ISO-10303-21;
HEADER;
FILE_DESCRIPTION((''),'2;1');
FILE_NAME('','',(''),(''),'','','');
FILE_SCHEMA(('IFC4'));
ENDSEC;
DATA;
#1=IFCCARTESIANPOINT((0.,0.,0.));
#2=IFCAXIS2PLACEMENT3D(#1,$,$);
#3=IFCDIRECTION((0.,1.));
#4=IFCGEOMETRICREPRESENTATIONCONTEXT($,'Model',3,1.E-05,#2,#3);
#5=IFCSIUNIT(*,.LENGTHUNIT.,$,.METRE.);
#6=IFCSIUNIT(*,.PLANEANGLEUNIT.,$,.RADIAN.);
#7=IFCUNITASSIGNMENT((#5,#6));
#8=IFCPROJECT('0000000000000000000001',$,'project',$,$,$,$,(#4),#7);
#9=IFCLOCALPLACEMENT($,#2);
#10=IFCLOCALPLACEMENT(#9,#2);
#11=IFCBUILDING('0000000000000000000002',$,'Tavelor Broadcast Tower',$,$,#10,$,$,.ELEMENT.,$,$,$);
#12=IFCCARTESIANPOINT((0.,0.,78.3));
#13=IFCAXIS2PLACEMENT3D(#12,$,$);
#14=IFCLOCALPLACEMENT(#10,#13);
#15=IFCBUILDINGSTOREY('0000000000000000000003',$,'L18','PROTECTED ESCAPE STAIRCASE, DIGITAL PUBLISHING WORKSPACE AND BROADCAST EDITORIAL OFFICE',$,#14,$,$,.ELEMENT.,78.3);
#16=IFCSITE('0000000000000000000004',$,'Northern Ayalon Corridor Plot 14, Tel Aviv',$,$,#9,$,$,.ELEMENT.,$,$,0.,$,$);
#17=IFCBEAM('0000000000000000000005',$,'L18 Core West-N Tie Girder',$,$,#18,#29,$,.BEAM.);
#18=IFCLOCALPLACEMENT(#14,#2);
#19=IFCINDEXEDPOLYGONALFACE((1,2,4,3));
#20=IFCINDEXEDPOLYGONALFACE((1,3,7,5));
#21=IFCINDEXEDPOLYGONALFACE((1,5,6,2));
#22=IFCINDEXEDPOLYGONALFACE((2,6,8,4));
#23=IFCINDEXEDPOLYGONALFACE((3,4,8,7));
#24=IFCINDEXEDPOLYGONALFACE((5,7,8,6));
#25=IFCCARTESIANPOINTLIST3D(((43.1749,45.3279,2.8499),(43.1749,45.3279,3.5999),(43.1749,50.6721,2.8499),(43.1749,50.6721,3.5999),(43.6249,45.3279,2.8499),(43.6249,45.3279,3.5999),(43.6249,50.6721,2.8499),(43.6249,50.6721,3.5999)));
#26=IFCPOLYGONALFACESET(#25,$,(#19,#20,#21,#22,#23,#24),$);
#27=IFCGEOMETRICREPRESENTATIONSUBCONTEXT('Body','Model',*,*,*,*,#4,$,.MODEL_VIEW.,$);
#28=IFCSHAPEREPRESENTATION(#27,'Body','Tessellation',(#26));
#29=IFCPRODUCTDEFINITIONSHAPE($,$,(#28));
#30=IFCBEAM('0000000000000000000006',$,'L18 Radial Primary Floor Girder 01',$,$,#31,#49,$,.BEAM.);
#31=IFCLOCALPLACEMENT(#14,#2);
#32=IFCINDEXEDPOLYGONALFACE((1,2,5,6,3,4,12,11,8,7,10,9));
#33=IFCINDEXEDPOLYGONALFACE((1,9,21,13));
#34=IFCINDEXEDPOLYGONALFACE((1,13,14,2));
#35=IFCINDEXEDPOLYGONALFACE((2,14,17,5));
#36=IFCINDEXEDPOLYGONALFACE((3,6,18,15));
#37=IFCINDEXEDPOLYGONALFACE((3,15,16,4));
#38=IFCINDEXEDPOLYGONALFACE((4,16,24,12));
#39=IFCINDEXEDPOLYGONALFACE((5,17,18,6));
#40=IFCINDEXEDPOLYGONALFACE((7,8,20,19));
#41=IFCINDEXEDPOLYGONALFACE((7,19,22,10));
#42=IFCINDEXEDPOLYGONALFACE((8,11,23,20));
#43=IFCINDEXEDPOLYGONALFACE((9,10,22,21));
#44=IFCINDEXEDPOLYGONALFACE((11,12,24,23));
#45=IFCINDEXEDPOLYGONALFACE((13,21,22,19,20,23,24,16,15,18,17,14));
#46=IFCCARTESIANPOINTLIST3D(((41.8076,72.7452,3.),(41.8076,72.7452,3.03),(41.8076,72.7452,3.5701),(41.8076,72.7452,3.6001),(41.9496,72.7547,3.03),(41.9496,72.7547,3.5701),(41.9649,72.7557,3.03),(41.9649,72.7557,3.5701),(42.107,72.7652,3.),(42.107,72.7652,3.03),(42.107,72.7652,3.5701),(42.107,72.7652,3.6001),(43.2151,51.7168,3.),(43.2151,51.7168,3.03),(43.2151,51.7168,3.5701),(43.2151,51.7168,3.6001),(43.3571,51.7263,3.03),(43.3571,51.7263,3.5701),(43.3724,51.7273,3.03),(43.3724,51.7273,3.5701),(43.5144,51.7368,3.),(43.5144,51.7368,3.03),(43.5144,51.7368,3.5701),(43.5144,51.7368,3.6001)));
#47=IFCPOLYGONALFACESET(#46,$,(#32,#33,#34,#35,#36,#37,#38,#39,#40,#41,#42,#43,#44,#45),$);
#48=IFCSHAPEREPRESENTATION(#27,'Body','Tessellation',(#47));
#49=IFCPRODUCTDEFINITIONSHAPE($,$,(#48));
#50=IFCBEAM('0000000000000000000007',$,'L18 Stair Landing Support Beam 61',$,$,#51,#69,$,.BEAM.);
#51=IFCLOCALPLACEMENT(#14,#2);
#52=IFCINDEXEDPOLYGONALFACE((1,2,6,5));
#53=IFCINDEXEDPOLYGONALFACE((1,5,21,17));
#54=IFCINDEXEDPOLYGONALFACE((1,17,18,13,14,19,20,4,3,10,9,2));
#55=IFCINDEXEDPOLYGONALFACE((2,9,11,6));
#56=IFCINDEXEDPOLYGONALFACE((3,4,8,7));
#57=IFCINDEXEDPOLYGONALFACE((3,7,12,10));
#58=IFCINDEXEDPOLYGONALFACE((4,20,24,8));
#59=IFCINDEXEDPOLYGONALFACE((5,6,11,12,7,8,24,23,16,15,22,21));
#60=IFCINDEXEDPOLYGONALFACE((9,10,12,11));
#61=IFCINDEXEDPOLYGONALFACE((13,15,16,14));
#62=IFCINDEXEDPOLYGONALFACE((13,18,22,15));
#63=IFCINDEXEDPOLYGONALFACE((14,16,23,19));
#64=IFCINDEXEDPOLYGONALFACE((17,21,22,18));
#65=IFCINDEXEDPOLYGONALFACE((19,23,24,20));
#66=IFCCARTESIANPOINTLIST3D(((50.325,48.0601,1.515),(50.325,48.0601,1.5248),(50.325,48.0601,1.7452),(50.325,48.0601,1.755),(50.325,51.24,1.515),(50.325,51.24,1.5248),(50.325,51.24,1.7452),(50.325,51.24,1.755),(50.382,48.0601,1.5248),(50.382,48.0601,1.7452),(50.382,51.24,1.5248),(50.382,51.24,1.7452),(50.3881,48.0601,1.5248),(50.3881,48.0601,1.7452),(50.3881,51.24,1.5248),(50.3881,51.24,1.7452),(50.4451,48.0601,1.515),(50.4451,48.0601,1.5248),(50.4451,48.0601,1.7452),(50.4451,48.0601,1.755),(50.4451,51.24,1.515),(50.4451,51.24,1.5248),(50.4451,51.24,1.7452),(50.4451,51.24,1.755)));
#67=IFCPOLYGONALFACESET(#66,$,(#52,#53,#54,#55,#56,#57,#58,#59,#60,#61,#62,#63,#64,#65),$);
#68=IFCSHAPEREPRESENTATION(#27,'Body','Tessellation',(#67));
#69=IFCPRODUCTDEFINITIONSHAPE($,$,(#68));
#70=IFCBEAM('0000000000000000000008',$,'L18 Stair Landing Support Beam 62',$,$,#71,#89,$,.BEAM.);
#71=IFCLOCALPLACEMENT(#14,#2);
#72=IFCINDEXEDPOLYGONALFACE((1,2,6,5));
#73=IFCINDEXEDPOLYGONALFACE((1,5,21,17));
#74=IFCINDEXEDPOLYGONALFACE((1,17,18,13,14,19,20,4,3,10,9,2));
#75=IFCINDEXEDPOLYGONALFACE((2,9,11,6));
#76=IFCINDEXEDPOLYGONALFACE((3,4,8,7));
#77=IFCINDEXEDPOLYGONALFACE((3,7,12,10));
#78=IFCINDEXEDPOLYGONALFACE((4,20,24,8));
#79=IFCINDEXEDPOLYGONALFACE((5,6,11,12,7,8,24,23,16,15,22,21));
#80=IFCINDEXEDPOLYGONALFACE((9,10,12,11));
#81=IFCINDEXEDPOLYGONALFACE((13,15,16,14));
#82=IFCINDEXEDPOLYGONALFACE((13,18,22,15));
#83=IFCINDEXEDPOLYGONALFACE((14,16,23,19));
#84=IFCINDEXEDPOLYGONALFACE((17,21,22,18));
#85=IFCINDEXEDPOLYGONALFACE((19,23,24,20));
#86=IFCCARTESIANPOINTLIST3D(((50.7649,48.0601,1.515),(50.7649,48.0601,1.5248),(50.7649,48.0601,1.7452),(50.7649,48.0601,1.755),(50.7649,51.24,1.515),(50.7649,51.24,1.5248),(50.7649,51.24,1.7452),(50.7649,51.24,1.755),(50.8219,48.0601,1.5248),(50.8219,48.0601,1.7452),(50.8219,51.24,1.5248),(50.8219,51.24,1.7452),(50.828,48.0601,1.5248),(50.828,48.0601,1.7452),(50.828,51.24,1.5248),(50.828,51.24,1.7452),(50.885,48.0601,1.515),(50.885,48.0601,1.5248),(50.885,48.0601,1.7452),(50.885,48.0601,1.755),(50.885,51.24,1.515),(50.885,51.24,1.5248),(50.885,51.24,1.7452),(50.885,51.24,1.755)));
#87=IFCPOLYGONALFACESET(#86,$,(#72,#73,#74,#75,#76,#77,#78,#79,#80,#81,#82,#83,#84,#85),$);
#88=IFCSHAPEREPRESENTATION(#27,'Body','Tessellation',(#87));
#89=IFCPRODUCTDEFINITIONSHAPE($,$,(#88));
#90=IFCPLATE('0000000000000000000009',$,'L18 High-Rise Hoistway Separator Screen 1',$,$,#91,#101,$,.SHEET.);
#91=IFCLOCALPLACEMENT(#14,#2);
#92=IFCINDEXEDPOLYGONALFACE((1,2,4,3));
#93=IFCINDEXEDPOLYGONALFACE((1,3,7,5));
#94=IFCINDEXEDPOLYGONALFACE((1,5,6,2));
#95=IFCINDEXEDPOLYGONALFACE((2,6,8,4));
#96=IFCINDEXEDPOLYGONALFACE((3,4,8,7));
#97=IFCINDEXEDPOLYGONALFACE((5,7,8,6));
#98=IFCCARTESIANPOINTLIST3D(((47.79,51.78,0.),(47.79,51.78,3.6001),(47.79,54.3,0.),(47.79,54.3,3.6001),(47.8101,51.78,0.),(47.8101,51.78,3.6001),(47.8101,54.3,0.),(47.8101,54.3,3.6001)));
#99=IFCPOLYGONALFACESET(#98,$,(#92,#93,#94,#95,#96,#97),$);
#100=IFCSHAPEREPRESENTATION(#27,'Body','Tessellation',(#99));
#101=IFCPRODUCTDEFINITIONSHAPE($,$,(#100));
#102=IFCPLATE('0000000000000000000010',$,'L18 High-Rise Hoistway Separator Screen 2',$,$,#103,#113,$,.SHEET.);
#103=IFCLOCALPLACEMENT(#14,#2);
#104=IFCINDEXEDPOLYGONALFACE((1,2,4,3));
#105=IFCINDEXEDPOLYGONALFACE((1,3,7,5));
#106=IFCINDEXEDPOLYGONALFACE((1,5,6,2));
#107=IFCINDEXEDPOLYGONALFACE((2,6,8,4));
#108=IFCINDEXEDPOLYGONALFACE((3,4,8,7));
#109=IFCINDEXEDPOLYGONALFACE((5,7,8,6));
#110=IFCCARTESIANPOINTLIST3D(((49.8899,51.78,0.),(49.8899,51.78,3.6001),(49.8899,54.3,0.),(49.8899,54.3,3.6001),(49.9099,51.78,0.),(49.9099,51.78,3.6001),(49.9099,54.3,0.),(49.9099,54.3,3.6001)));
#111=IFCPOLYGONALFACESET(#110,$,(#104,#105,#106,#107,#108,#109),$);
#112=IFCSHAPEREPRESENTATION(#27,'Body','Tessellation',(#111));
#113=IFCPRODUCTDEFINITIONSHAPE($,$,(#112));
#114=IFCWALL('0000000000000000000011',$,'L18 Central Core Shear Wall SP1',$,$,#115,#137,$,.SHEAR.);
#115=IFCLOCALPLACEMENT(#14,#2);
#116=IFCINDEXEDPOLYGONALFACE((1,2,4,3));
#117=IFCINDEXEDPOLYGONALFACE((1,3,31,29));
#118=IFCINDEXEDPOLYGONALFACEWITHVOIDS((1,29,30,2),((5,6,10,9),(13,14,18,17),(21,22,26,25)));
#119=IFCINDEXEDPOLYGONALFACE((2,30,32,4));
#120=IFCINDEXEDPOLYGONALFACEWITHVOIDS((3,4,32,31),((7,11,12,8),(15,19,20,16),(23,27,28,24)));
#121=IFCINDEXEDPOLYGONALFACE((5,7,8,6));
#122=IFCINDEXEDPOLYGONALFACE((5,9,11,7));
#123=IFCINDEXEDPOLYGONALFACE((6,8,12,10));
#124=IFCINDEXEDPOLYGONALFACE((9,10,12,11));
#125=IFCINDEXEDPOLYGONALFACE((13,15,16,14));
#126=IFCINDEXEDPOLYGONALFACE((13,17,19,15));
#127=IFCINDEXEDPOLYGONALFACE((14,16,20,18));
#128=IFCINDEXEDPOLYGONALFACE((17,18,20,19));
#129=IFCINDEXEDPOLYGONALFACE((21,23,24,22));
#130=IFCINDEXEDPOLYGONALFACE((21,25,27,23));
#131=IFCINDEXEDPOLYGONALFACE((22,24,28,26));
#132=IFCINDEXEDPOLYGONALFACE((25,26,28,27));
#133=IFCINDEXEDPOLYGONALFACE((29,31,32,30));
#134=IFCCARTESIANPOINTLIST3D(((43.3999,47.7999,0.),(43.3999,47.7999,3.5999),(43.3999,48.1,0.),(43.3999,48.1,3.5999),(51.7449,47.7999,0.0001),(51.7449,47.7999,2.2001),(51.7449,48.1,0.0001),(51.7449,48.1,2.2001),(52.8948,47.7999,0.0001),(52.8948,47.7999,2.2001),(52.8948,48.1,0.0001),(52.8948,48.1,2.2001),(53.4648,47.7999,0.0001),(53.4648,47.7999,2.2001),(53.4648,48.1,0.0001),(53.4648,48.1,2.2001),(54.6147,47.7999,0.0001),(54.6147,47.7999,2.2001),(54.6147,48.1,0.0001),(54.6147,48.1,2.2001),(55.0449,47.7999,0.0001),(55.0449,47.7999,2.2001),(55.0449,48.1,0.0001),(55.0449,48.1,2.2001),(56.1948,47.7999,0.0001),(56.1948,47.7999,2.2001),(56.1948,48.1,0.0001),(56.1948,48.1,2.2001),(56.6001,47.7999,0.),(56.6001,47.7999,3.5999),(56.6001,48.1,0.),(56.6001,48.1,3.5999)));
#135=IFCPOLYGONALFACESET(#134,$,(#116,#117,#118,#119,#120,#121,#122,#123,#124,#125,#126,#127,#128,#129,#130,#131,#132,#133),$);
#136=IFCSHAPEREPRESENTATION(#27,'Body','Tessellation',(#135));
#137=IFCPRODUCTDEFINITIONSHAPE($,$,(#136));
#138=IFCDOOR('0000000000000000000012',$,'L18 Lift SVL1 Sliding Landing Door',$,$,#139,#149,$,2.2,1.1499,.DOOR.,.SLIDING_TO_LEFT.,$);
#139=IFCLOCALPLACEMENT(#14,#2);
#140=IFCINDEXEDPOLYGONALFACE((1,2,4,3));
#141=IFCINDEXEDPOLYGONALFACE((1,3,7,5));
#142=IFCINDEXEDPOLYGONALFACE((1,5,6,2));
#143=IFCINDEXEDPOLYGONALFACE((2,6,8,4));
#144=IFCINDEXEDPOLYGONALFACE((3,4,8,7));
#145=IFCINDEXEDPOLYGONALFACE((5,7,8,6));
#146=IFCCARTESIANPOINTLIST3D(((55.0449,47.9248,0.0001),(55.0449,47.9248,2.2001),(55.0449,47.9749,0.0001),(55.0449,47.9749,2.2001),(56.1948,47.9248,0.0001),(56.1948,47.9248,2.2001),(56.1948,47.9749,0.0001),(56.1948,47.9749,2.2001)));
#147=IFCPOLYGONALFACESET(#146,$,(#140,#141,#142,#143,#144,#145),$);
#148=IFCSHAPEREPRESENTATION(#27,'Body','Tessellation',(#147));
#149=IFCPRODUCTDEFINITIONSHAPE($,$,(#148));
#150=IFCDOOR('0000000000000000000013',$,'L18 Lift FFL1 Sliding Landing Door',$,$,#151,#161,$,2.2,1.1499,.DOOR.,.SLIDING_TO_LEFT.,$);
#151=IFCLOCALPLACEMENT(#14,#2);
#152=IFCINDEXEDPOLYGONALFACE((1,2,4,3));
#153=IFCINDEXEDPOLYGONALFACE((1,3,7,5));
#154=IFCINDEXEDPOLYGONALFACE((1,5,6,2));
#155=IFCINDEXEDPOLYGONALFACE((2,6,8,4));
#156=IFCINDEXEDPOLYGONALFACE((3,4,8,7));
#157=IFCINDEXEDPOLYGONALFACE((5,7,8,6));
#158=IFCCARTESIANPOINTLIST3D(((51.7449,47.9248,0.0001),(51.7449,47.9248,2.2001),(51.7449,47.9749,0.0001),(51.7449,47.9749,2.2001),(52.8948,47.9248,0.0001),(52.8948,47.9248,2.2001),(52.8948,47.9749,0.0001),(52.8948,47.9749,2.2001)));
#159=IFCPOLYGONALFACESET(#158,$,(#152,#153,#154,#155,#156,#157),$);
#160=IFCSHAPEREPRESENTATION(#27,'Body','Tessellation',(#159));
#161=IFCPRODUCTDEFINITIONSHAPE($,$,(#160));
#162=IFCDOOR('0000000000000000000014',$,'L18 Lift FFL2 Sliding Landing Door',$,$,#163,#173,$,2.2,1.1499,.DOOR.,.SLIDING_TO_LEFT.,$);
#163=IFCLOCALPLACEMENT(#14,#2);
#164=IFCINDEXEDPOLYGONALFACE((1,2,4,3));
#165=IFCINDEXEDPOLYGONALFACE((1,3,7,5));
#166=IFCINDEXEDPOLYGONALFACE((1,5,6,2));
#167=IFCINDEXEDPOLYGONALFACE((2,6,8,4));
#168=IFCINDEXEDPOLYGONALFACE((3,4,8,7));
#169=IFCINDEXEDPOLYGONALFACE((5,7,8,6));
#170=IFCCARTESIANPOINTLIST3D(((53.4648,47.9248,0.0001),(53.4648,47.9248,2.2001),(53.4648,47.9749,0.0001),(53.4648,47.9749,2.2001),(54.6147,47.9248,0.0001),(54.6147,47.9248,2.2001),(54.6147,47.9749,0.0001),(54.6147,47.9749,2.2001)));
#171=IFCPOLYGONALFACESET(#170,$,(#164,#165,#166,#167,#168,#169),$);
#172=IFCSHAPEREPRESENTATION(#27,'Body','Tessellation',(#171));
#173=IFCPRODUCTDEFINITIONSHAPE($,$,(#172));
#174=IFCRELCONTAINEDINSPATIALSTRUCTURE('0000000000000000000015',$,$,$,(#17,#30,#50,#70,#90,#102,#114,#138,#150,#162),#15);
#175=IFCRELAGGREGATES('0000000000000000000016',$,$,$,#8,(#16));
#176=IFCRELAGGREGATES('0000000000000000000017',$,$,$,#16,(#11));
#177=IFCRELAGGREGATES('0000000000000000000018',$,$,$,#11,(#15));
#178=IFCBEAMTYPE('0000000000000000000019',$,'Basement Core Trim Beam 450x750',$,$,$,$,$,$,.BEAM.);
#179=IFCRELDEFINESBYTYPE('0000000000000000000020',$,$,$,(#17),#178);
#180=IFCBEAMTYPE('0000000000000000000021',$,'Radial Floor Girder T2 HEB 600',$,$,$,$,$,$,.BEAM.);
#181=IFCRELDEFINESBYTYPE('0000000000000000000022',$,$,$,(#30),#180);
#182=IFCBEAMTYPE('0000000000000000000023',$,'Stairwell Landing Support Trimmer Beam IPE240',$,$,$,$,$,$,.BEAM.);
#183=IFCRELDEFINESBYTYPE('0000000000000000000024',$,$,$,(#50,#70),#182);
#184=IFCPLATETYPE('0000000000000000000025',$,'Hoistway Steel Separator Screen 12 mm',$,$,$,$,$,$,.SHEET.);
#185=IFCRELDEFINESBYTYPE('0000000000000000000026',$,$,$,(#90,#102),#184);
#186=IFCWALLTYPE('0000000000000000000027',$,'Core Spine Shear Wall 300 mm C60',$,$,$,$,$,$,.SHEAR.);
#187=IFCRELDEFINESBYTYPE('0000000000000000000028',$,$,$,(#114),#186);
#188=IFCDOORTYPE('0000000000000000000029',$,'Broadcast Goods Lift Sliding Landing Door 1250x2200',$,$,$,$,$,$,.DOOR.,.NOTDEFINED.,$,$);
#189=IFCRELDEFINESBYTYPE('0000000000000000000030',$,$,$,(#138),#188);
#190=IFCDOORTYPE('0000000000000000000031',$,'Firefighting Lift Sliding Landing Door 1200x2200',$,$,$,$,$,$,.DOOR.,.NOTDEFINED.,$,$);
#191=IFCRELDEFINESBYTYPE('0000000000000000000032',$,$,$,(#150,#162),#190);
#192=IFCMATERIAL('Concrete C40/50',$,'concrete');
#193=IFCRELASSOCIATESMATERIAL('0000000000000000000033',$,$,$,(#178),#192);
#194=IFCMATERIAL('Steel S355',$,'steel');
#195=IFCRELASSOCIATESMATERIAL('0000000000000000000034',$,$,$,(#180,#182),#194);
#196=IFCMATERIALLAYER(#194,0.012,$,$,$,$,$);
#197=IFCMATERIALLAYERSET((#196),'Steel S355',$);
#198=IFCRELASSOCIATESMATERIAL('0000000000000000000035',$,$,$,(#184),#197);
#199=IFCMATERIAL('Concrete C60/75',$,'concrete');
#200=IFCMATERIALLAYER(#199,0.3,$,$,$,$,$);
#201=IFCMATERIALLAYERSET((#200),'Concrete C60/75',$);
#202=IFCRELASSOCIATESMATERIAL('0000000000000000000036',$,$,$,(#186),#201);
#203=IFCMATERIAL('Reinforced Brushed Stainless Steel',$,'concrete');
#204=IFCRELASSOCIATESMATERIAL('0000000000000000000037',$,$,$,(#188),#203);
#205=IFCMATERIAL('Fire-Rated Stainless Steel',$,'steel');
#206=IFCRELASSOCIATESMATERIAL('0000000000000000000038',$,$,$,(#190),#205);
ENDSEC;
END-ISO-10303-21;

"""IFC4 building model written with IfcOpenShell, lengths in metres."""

from ifc_helpers import new_model, si_unit, direction, frame, frame_2d, origin, origin_2d, place, context, subcontext, project, spatial, rectangle, i_section, extrude, source, transform, mapped, material, layer, layer_set, material_profile, profile_set, type_object, type_shapes, element, fill, save


model = new_model("IFC4")

# Units and contexts
model_context = context("Model", 3, precision=1e-05, world=origin(), true_north=direction((0.0, 1.0)))
body_context = subcontext(model_context, "Body", "Model", "MODEL_VIEW")
ifc_project = project(units=[si_unit("LENGTHUNIT", "METRE"), si_unit("PLANEANGLEUNIT", "RADIAN")], contexts=[model_context])

# Site, building, storey
site_placement = place(None, origin())
site = spatial("IfcSite", under=ifc_project, at=site_placement, Name="Northern Ayalon Corridor Plot 14, Tel Aviv", CompositionType="ELEMENT", RefElevation=0.0)
building_placement = place(site_placement, origin())
building = spatial("IfcBuilding", under=site, at=building_placement, Name="Tavelor Broadcast Tower", CompositionType="ELEMENT")
storey_placement = place(building_placement, frame((0.0, 0.0, 78.3)))
storey = spatial("IfcBuildingStorey", under=building, at=storey_placement, Name="L18", Description="PROTECTED ESCAPE STAIRCASE, DIGITAL PUBLISHING WORKSPACE AND BROADCAST EDITORIAL OFFICE", CompositionType="ELEMENT", Elevation=78.3)

# Beams
ifc_material_1 = material(Name="Concrete C40/50", Category="concrete")
ifc_material_profile_1 = material_profile(ifc_material_1, rectangle(XDim=0.45, YDim=0.75, at=origin_2d()), Name="RC 450x750")
ifc_profile_set_1 = profile_set([ifc_material_profile_1], Name="Concrete C40/50")
beam_type_1 = type_object("IfcBeamType", Name="Basement Core Trim Beam 450x750", PredefinedType="BEAM", material=ifc_profile_set_1)
beam_1_placement = place(storey_placement, frame((43.3999, 45.3279, 3.2249), z_axis=(0.0, 1.0, 0.0), x_axis=(-1.0, 0.0, 0.0)))
element("IfcBeam", 1, at=beam_1_placement, inside=storey, type_object=beam_type_1, Name="L18 Core West-N Tie Girder", PredefinedType="BEAM", context=body_context, shape_type="SweptSolid", body=[
    extrude(rectangle(XDim=0.45, YDim=0.75, at=origin_2d()), origin(), (0.0, 0.0, 1.0), 5.3442),
])
ifc_material_2 = material(Name="Steel S355", Category="steel")
ifc_material_profile_2 = material_profile(ifc_material_2, i_section(OverallWidth=0.3, OverallDepth=0.6001, WebThickness=0.0154, FlangeThickness=0.03, at=origin_2d()), Name="HEB 600")
ifc_profile_set_2 = profile_set([ifc_material_profile_2], Name="Steel S355")
beam_type_2 = type_object("IfcBeamType", Name="Radial Floor Girder T2 HEB 600", PredefinedType="BEAM", material=ifc_profile_set_2)
beam_2_placement = place(storey_placement, frame((43.3647, 51.7268, 3.3), z_axis=(-0.066783, 0.997768, 0.0), x_axis=(-0.997768, -0.066783, 0.0)))
element("IfcBeam", 2, at=beam_2_placement, inside=storey, type_object=beam_type_2, Name="L18 Radial Primary Floor Girder 01", PredefinedType="BEAM", context=body_context, shape_type="SweptSolid", body=[
    extrude(i_section(OverallWidth=0.3, OverallDepth=0.6001, WebThickness=0.0154, FlangeThickness=0.03, at=origin_2d()), origin(), (0.0, 0.0, 1.0), 21.0754),
])
ifc_material_profile_3 = material_profile(ifc_material_2, i_section(OverallWidth=0.1201, OverallDepth=0.24, WebThickness=0.0061, FlangeThickness=0.0098, at=origin_2d()), Name="IPE 240")
ifc_profile_set_3 = profile_set([ifc_material_profile_3], Name="Steel S355")
beam_type_3 = type_object("IfcBeamType", Name="Stairwell Landing Support Trimmer Beam IPE240", PredefinedType="BEAM", material=ifc_profile_set_3)
for number, where, z_axis, x_axis, name in (
    (3, (50.385, 48.0601, 1.635), (0.0, 1.0, 0.0), (-1.0, 0.0, 0.0), "L18 Stair Landing Support Beam 61"),
    (4, (50.825, 48.0601, 1.635), (0.0, 1.0, 0.0), (-1.0, 0.0, 0.0), "L18 Stair Landing Support Beam 62"),
):
    element("IfcBeam", number, at=place(storey_placement, frame(where, z_axis=z_axis, x_axis=x_axis)), inside=storey, type_object=beam_type_3, Name=name, PredefinedType="BEAM", context=body_context, shape_type="SweptSolid", body=[
        extrude(i_section(OverallWidth=0.1201, OverallDepth=0.24, WebThickness=0.0061, FlangeThickness=0.0098, at=origin_2d()), origin(), (0.0, 0.0, 1.0), 3.1799),
    ])

# Plates
ifc_layer_1 = layer(ifc_material_2, 0.012)
ifc_layer_set_1 = layer_set([ifc_layer_1], Name="Steel S355")
plate_type = type_object("IfcPlateType", Name="Hoistway Steel Separator Screen 12 mm", PredefinedType="SHEET", material=ifc_layer_set_1)
shared_shape = source(origin(), body_context, "Body", "SweptSolid", [
    extrude(rectangle(XDim=0.02, YDim=2.52, at=origin_2d()), origin(), (0.0, 0.0, 1.0), 3.6001),
])
type_shapes(plate_type, [shared_shape])
for number, where, z_axis, x_axis, name in (
    (5, (47.8, 53.04, 0.0), (0.0, 0.0, 1.0), (1.0, 0.0, 0.0), "L18 High-Rise Hoistway Separator Screen 1"),
    (6, (49.8999, 53.04, 0.0), (0.0, 0.0, 1.0), (1.0, 0.0, 0.0), "L18 High-Rise Hoistway Separator Screen 2"),
):
    element("IfcPlate", number, at=place(storey_placement, frame(where, z_axis=z_axis, x_axis=x_axis)), inside=storey, type_object=plate_type, Name=name, PredefinedType="SHEET", context=body_context, shape_type="MappedRepresentation", body=[
        mapped(shared_shape, transform((0.0, 0.0, 0.0), scale=1.0)),
    ])

# Wall, openings, doors
ifc_material_3 = material(Name="Concrete C60/75", Category="concrete")
ifc_layer_2 = layer(ifc_material_3, 0.3)
ifc_layer_set_2 = layer_set([ifc_layer_2], Name="Concrete C60/75")
wall_type_1 = type_object("IfcWallType", Name="Core Spine Shear Wall 300 mm C60", PredefinedType="SHEAR", material=ifc_layer_set_2)
wall_1_placement = place(storey_placement, frame((43.3999, 47.95, 0.0), z_axis=(0.0, 0.0, 1.0), x_axis=(1.0, 0.0, 0.0)))
wall_1 = element("IfcWall", 7, at=wall_1_placement, inside=storey, type_object=wall_type_1, Name="L18 Central Core Shear Wall SP1", PredefinedType="SHEAR", context=body_context, shape_type="SweptSolid", body=[
    extrude(rectangle(XDim=13.2002, YDim=0.3, at=frame_2d((6.6001, 0.0))), origin(), (0.0, 0.0, 1.0), 3.5999),
])
opening_1_placement = place(wall_1_placement, frame((8.345, 0.0, 0.0)))
opening_1 = element("IfcOpeningElement", 8, at=opening_1_placement, cuts=wall_1, PredefinedType="OPENING", context=body_context, shape_type="SweptSolid", body=[
    extrude(rectangle(XDim=1.1499, YDim=2.2, at=frame_2d((0.575, 1.1001))), frame((0.0, 0.1602, 0.0), z_axis=(0.0, -1.0, 0.0), x_axis=(1.0, 0.0, 0.0)), (0.0, 0.0, 1.0), 0.3201),
])
opening_2_placement = place(wall_1_placement, frame((10.0649, 0.0, 0.0)))
opening_2 = element("IfcOpeningElement", 9, at=opening_2_placement, cuts=wall_1, PredefinedType="OPENING", context=body_context, shape_type="SweptSolid", body=[
    extrude(rectangle(XDim=1.1499, YDim=2.2, at=frame_2d((0.575, 1.1001))), frame((0.0, 0.1602, 0.0), z_axis=(0.0, -1.0, 0.0), x_axis=(1.0, 0.0, 0.0)), (0.0, 0.0, 1.0), 0.3201),
])
opening_3_placement = place(wall_1_placement, frame((11.645, 0.0, 0.0)))
opening_3 = element("IfcOpeningElement", 10, at=opening_3_placement, cuts=wall_1, PredefinedType="OPENING", context=body_context, shape_type="SweptSolid", body=[
    extrude(rectangle(XDim=1.1499, YDim=2.2, at=frame_2d((0.575, 1.1001))), frame((0.0, 0.1602, 0.0), z_axis=(0.0, -1.0, 0.0), x_axis=(1.0, 0.0, 0.0)), (0.0, 0.0, 1.0), 0.3201),
])
ifc_material_4 = material(Name="Reinforced Brushed Stainless Steel", Category="concrete")
door_type_1 = type_object("IfcDoorType", Name="Broadcast Goods Lift Sliding Landing Door 1250x2200", OperationType="NOTDEFINED", PredefinedType="DOOR", material=ifc_material_4)
door_1_placement = place(opening_3_placement, origin())
door_1 = element("IfcDoor", 11, at=door_1_placement, inside=storey, type_object=door_type_1, Name="L18 Lift SVL1 Sliding Landing Door", OperationType="SLIDING_TO_LEFT", OverallHeight=2.2, OverallWidth=1.1499, PredefinedType="DOOR", context=body_context, shape_type="SweptSolid", body=[
    extrude(rectangle(XDim=1.1499, YDim=2.2, at=frame_2d((0.575, 1.1001))), frame((0.0, 0.0249, 0.0), z_axis=(0.0, -1.0, 0.0), x_axis=(1.0, 0.0, 0.0)), (0.0, 0.0, 1.0), 0.05),
])
fill(opening_3, door_1)
ifc_material_5 = material(Name="Fire-Rated Stainless Steel", Category="steel")
door_type_2 = type_object("IfcDoorType", Name="Firefighting Lift Sliding Landing Door 1200x2200", OperationType="NOTDEFINED", PredefinedType="DOOR", material=ifc_material_5)
door_2_placement = place(opening_1_placement, origin())
door_2 = element("IfcDoor", 12, at=door_2_placement, inside=storey, type_object=door_type_2, Name="L18 Lift FFL1 Sliding Landing Door", OperationType="SLIDING_TO_LEFT", OverallHeight=2.2, OverallWidth=1.1499, PredefinedType="DOOR", context=body_context, shape_type="SweptSolid", body=[
    extrude(rectangle(XDim=1.1499, YDim=2.2, at=frame_2d((0.575, 1.1001))), frame((0.0, 0.0249, 0.0), z_axis=(0.0, -1.0, 0.0), x_axis=(1.0, 0.0, 0.0)), (0.0, 0.0, 1.0), 0.05),
])
fill(opening_1, door_2)
door_3_placement = place(opening_2_placement, origin())
door_3 = element("IfcDoor", 13, at=door_3_placement, inside=storey, type_object=door_type_2, Name="L18 Lift FFL2 Sliding Landing Door", OperationType="SLIDING_TO_LEFT", OverallHeight=2.2, OverallWidth=1.1499, PredefinedType="DOOR", context=body_context, shape_type="SweptSolid", body=[
    extrude(rectangle(XDim=1.1499, YDim=2.2, at=frame_2d((0.575, 1.1001))), frame((0.0, 0.0249, 0.0), z_axis=(0.0, -1.0, 0.0), x_axis=(1.0, 0.0, 0.0)), (0.0, 0.0, 1.0), 0.05),
])
fill(opening_2, door_3)

save(model, "model.ifc")
